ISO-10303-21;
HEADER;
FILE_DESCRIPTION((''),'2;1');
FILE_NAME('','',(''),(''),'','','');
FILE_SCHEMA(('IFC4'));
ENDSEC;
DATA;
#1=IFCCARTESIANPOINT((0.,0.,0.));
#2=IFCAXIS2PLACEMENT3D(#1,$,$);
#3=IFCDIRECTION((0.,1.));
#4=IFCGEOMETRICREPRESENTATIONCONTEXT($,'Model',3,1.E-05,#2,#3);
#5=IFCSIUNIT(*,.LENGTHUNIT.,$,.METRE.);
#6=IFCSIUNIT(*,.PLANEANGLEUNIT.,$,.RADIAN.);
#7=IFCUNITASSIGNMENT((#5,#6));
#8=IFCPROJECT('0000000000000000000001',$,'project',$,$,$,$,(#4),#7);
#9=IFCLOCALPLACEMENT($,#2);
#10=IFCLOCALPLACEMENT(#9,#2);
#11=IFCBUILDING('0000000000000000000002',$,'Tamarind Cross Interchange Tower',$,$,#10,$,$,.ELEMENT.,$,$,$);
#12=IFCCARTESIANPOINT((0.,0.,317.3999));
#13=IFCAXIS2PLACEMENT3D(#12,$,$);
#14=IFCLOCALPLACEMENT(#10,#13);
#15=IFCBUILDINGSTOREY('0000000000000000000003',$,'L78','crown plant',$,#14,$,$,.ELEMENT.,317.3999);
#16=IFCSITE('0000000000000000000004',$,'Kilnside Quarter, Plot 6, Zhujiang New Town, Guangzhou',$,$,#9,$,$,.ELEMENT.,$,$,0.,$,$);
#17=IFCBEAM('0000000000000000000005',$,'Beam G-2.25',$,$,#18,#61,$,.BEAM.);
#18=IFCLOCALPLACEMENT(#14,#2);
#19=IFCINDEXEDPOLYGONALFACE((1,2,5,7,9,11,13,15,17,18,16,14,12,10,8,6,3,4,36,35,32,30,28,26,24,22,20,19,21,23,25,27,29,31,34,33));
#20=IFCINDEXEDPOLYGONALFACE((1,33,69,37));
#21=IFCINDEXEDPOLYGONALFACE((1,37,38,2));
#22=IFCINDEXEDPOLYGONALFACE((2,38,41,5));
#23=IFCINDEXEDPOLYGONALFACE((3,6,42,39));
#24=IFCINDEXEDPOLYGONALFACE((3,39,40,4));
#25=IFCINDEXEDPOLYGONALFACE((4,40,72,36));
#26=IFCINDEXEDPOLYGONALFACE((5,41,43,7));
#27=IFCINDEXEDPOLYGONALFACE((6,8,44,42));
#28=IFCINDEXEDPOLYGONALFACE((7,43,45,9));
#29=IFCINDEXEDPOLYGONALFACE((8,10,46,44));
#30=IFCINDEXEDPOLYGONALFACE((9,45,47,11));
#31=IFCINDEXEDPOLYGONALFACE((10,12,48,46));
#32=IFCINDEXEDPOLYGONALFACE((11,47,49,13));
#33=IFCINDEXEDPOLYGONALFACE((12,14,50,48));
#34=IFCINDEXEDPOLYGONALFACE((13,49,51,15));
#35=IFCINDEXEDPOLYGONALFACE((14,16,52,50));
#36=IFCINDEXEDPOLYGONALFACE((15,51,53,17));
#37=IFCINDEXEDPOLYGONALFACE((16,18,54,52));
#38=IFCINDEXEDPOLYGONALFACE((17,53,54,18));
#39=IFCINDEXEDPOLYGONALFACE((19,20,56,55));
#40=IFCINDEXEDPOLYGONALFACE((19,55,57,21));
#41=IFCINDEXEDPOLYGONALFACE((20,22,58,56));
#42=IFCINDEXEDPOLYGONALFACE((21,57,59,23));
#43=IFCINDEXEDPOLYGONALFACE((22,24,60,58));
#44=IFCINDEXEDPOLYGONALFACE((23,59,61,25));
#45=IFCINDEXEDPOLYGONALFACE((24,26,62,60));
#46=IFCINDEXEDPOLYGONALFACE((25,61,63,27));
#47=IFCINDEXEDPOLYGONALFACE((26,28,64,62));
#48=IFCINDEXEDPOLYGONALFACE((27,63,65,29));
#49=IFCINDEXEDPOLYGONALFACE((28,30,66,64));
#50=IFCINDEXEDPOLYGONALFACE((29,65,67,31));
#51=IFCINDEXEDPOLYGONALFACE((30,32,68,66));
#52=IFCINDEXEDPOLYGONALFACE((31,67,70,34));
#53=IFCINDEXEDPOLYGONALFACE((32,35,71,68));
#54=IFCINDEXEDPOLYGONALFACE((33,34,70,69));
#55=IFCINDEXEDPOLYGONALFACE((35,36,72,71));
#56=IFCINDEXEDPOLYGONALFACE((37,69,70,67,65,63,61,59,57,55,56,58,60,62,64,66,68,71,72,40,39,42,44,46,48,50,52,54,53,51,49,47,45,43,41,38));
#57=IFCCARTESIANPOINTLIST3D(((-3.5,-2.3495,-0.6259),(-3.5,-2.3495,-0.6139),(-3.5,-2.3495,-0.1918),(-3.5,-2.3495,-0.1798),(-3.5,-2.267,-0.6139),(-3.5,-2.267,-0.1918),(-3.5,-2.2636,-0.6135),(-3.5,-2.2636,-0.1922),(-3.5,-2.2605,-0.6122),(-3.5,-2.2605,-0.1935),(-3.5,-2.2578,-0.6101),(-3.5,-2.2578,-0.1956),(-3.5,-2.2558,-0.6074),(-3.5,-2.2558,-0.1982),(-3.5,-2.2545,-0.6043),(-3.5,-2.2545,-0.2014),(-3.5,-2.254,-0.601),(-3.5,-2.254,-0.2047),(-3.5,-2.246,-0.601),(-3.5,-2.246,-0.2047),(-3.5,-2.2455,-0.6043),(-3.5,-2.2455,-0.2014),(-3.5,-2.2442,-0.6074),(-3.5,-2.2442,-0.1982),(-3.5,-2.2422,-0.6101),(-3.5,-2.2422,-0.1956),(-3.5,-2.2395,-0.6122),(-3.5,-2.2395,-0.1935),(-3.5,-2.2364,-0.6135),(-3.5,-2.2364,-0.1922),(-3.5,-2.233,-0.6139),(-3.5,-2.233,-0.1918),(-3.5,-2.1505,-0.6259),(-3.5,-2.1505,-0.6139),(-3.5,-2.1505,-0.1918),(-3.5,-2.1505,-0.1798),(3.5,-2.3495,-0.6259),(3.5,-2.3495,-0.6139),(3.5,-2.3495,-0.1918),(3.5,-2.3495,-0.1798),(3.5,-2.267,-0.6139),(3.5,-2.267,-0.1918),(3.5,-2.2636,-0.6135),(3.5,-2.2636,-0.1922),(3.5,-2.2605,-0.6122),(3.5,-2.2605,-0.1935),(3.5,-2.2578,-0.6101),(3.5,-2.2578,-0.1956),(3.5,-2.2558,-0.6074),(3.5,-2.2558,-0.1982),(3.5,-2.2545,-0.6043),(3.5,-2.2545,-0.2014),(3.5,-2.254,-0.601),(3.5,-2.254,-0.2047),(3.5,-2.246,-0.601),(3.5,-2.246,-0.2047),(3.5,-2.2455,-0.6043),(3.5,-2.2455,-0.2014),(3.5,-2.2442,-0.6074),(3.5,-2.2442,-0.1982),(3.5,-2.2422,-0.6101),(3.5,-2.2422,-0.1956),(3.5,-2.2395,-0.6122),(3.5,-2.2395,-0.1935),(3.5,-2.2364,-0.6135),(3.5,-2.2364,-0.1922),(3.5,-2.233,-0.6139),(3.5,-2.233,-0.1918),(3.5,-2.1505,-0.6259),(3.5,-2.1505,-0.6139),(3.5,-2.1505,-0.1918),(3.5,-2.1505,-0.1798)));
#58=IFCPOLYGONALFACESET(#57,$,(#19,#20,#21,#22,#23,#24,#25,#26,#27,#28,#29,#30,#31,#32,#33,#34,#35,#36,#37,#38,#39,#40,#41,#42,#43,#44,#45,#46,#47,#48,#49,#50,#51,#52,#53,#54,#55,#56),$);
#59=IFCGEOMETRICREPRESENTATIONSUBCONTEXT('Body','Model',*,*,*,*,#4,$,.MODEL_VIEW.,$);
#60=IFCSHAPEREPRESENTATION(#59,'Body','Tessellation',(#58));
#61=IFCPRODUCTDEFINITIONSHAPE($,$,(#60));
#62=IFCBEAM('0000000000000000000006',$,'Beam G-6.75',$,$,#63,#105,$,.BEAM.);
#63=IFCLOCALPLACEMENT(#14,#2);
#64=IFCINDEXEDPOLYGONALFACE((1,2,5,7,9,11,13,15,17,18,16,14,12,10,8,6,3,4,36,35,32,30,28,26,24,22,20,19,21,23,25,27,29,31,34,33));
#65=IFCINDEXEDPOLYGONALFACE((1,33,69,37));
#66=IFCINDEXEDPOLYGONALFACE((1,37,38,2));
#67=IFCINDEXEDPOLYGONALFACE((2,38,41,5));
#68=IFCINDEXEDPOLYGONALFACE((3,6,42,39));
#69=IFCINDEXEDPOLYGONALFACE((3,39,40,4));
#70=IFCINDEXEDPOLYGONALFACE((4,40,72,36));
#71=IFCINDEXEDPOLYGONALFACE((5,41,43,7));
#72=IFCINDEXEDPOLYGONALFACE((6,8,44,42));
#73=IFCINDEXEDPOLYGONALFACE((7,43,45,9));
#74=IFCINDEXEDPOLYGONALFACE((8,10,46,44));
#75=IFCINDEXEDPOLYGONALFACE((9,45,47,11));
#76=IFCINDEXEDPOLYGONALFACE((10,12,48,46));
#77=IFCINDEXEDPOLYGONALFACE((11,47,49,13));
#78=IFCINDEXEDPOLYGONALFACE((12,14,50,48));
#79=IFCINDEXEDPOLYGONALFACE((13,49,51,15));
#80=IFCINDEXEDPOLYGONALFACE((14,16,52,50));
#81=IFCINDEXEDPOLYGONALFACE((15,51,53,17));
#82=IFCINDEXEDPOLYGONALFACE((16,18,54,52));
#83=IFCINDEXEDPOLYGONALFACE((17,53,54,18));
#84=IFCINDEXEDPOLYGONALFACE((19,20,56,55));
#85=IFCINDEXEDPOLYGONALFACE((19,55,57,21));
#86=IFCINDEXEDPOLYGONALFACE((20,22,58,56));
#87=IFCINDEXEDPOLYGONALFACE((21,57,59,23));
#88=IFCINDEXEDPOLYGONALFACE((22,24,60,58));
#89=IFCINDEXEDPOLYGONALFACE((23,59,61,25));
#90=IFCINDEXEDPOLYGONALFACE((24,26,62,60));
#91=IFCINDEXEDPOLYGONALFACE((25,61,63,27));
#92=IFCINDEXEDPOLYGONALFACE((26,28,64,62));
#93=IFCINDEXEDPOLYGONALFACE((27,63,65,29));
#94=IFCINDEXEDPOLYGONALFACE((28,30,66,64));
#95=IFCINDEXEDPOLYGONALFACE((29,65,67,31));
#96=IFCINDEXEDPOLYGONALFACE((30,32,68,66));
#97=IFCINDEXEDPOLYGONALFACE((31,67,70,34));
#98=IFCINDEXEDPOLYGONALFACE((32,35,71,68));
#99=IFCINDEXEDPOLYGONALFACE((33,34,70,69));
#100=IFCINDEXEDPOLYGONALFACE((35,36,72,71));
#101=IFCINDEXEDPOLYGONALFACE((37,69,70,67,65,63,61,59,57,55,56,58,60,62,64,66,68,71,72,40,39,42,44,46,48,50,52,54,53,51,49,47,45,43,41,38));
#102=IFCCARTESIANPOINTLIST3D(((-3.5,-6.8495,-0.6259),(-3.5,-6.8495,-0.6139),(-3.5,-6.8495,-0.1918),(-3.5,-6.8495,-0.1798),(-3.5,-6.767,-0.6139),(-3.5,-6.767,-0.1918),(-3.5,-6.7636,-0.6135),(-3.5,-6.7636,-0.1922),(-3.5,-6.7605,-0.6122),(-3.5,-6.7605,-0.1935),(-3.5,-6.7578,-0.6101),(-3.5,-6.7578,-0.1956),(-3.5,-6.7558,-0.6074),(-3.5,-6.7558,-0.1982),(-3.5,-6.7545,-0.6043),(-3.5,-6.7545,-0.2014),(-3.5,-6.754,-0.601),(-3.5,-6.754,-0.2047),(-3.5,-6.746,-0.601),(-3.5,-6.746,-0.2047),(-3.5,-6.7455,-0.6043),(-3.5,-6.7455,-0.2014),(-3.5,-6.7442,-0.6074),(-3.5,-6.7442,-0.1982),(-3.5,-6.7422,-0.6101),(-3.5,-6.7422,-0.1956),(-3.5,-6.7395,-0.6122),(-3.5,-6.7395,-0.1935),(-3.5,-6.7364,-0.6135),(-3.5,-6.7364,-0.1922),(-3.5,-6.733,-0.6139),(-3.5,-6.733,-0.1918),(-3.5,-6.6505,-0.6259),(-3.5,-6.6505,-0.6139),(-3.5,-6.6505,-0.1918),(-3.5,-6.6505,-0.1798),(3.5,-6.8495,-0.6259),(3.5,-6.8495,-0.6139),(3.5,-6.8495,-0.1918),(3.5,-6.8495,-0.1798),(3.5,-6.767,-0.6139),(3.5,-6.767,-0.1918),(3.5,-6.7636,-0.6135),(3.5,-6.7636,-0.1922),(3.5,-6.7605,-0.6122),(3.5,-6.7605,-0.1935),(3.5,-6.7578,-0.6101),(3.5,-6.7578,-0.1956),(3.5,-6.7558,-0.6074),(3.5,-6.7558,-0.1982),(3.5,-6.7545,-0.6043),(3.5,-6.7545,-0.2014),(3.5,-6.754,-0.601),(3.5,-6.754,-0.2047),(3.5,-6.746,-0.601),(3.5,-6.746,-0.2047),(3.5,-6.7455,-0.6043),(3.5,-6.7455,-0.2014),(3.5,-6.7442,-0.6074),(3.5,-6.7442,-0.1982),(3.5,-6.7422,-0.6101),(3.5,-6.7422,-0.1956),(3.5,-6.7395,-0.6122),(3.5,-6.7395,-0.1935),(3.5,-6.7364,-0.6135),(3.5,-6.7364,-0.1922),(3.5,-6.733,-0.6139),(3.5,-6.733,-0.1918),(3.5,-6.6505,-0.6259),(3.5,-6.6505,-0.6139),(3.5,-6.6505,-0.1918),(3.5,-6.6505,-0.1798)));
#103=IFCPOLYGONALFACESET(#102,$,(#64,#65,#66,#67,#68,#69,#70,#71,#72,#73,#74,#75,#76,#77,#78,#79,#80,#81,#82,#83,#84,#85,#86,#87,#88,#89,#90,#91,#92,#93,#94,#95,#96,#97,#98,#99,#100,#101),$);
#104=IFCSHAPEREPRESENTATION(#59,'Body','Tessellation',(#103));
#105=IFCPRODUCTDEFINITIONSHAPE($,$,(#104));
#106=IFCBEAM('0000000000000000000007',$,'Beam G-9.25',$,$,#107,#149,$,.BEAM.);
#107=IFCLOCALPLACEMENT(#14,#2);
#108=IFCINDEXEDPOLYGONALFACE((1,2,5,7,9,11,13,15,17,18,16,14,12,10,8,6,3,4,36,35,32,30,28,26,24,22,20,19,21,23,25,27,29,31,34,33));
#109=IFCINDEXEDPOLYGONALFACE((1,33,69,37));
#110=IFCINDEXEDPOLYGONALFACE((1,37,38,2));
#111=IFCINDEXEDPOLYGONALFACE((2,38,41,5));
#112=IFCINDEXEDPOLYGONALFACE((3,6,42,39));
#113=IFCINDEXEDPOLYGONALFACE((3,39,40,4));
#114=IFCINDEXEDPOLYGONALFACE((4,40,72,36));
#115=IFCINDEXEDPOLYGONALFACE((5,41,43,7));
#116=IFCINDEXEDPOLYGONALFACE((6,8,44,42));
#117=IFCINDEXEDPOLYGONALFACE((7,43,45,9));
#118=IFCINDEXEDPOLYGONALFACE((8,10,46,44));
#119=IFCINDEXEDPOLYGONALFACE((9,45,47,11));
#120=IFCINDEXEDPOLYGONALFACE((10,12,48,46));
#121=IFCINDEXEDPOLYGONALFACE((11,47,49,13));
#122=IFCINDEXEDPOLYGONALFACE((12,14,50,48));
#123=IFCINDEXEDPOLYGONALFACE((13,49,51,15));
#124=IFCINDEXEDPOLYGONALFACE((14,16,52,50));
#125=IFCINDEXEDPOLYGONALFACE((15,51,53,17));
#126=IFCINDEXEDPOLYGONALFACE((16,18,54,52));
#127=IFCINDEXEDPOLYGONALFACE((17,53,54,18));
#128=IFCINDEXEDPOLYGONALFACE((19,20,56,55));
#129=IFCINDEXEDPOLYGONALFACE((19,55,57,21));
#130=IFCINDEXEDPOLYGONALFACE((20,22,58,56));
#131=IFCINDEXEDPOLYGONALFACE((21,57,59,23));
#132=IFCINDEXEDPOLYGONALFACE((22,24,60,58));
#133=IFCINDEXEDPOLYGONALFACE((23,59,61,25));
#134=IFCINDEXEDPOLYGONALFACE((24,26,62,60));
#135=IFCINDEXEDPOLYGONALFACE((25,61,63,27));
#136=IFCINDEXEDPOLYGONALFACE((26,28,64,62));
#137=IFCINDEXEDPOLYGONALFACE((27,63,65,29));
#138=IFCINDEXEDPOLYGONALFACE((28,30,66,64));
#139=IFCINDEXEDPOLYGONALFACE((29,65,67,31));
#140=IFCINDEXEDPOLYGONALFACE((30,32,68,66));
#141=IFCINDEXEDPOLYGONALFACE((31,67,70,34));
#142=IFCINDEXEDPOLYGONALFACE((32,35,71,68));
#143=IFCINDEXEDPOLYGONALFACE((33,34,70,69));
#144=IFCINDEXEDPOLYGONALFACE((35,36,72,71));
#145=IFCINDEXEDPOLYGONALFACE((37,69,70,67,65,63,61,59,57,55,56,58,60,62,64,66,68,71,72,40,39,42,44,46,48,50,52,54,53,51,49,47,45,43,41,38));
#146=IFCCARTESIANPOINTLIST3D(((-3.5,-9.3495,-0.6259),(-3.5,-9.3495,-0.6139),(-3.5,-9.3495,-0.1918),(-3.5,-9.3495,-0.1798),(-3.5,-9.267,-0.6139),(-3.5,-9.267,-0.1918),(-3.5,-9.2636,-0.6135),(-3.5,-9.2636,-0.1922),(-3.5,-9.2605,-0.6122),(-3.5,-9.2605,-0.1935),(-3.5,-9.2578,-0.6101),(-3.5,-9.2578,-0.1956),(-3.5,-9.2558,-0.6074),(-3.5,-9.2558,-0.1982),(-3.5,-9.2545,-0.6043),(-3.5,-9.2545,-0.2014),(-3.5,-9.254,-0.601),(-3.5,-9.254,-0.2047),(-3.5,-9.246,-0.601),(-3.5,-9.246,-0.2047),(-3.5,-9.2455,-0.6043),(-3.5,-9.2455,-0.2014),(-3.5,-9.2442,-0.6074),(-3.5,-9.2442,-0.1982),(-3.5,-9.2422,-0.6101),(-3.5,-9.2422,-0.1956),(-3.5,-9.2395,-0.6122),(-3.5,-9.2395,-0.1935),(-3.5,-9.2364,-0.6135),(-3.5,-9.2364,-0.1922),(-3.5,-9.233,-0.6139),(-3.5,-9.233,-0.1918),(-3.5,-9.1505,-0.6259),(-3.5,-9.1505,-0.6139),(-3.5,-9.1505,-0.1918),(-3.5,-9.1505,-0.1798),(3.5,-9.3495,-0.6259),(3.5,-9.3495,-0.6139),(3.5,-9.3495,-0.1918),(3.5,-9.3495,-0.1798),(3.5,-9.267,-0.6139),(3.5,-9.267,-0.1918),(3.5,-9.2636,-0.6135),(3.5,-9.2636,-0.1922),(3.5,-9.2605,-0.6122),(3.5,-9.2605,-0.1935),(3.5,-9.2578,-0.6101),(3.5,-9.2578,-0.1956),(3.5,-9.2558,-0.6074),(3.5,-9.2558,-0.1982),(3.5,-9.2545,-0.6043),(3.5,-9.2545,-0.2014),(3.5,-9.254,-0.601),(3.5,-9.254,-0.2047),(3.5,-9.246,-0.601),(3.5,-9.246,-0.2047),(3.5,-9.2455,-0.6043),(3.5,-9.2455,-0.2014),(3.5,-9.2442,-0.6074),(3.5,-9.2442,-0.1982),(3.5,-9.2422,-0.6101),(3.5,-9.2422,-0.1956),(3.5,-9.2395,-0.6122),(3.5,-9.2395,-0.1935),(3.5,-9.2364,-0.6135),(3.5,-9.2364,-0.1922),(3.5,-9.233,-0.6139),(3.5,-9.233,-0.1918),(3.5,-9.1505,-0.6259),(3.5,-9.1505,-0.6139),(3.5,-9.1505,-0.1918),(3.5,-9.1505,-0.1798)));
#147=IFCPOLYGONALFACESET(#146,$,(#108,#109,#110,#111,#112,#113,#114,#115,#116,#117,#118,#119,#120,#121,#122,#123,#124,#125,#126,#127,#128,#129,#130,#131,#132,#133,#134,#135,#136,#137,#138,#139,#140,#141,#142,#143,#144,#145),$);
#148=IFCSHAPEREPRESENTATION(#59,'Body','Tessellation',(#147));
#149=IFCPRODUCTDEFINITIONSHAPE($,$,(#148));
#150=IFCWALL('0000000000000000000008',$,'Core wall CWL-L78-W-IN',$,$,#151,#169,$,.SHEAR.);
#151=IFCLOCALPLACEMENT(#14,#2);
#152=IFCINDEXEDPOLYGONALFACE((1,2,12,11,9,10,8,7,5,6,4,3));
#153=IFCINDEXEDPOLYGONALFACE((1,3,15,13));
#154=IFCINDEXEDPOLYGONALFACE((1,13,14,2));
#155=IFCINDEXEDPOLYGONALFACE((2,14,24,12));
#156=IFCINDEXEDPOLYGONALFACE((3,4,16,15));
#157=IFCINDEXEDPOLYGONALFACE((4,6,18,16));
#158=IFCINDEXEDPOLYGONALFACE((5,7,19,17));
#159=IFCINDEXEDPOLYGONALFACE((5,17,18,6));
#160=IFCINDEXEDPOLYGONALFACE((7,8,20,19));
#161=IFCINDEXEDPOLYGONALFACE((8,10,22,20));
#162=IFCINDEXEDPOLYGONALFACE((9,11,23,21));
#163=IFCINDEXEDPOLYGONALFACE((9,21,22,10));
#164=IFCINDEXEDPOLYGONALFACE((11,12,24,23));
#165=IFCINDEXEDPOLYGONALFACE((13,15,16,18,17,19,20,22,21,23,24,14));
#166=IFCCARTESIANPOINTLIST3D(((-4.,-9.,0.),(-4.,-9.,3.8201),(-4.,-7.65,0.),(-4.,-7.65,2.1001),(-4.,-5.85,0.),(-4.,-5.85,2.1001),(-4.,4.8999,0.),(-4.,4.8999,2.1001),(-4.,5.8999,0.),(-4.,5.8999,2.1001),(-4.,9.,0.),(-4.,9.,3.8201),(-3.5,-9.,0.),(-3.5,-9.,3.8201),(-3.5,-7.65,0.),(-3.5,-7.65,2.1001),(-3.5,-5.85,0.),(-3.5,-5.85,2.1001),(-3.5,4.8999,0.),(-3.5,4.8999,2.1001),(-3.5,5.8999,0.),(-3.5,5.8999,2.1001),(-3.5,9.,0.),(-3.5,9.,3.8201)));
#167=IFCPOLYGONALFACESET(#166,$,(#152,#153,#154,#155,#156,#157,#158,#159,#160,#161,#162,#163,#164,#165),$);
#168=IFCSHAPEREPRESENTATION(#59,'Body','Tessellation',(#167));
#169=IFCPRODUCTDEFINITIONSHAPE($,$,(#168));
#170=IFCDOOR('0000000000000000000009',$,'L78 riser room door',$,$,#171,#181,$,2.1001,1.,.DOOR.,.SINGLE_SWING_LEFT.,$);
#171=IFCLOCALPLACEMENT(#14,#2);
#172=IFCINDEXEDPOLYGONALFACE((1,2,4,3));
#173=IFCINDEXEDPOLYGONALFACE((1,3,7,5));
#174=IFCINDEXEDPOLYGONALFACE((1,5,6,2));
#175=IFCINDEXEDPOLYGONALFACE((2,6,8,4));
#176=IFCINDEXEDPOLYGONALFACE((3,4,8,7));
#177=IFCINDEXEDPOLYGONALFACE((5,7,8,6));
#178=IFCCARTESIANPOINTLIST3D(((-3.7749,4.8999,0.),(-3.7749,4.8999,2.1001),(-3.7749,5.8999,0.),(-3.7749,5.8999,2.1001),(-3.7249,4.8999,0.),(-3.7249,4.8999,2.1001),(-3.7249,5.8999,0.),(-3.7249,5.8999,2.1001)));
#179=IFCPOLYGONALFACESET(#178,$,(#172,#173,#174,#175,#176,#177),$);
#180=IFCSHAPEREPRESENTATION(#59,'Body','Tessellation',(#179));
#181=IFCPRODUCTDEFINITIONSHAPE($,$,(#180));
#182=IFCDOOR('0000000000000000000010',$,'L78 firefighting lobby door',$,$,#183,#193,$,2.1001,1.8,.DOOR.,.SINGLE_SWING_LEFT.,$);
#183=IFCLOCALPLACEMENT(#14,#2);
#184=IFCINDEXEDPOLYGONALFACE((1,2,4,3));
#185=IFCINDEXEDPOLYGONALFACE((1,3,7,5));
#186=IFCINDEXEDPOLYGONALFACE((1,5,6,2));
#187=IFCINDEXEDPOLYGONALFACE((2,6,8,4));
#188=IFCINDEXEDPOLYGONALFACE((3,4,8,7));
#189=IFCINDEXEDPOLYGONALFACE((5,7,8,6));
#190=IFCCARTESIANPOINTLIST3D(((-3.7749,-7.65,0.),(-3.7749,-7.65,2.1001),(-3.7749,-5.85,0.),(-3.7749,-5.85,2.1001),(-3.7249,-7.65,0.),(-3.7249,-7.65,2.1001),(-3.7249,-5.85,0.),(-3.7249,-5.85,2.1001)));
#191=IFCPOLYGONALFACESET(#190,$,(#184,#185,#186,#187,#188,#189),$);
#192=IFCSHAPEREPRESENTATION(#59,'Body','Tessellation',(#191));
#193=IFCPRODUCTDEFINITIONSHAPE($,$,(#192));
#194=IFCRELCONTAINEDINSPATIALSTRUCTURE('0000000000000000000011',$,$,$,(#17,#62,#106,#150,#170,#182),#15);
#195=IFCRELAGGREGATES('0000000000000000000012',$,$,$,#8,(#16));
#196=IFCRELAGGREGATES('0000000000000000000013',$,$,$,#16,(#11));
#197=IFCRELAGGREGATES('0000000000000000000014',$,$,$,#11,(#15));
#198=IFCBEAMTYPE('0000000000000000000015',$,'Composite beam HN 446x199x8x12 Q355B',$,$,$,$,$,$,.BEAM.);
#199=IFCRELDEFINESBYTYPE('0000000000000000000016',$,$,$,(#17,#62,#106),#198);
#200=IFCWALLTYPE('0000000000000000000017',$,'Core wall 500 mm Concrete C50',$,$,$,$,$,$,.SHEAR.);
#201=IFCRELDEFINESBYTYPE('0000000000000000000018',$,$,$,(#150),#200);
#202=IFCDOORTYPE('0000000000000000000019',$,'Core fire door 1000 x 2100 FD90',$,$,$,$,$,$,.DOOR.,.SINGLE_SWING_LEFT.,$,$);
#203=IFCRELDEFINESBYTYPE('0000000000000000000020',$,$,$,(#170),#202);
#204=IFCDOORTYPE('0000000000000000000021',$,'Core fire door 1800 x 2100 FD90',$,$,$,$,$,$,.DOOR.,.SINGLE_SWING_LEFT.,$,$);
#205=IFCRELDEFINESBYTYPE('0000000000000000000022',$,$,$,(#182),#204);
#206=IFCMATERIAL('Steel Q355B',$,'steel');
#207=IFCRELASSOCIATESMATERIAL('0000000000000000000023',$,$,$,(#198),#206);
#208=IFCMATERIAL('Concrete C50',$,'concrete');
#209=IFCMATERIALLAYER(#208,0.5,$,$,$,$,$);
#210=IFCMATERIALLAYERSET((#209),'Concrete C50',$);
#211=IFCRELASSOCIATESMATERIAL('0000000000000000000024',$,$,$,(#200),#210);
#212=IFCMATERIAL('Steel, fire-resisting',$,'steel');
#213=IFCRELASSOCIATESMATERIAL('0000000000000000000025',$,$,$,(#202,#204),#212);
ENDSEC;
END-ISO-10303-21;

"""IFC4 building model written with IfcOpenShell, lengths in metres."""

from ifc_helpers import new_model, si_unit, direction, frame, frame_2d, origin, origin_2d, place, context, subcontext, project, spatial, rectangle, i_section, extrude, material, layer, layer_set, material_profile, profile_set, type_object, element, fill, save


model = new_model("IFC4")

# Units and contexts
model_context = context("Model", 3, precision=1e-05, world=origin(), true_north=direction((0.0, 1.0)))
body_context = subcontext(model_context, "Body", "Model", "MODEL_VIEW")
ifc_project = project(units=[si_unit("LENGTHUNIT", "METRE"), si_unit("PLANEANGLEUNIT", "RADIAN")], contexts=[model_context])

# Site, building, storey
site_placement = place(None, origin())
site = spatial("IfcSite", under=ifc_project, at=site_placement, Name="Kilnside Quarter, Plot 6, Zhujiang New Town, Guangzhou", CompositionType="ELEMENT", RefElevation=0.0)
building_placement = place(site_placement, origin())
building = spatial("IfcBuilding", under=site, at=building_placement, Name="Tamarind Cross Interchange Tower", CompositionType="ELEMENT")
storey_placement = place(building_placement, frame((0.0, 0.0, 317.3999)))
storey = spatial("IfcBuildingStorey", under=building, at=storey_placement, Name="L78", Description="crown plant", CompositionType="ELEMENT", Elevation=317.3999)

# Beams
ifc_material_1 = material(Name="Steel Q355B", Category="steel")
ifc_material_profile = material_profile(ifc_material_1, i_section(OverallWidth=0.199, OverallDepth=0.446, WebThickness=0.0081, FlangeThickness=0.012, FilletRadius=0.0129, at=origin_2d()), Name="HN 446x199x8x12")
ifc_profile_set = profile_set([ifc_material_profile], Name="Steel Q355B")
beam_type = type_object("IfcBeamType", Name="Composite beam HN 446x199x8x12 Q355B", PredefinedType="BEAM", material=ifc_profile_set)
for number, where, z_axis, x_axis, name in (
    (1, (-3.5, -2.25, -0.4028), (1.0, 0.0, 0.0), (0.0, 1.0, 0.0), "Beam G-2.25"),
    (2, (-3.5, -6.75, -0.4028), (1.0, 0.0, 0.0), (0.0, 1.0, 0.0), "Beam G-6.75"),
    (3, (-3.5, -9.25, -0.4028), (1.0, 0.0, 0.0), (0.0, 1.0, 0.0), "Beam G-9.25"),
):
    element("IfcBeam", number, at=place(storey_placement, frame(where, z_axis=z_axis, x_axis=x_axis)), inside=storey, type_object=beam_type, Name=name, PredefinedType="BEAM", context=body_context, shape_type="SweptSolid", body=[
        extrude(i_section(OverallWidth=0.199, OverallDepth=0.446, WebThickness=0.0081, FlangeThickness=0.012, FilletRadius=0.0129, at=origin_2d()), origin(), (0.0, 0.0, 1.0), 7.0),
    ])

# Wall, openings, doors
ifc_material_2 = material(Name="Concrete C50", Category="concrete")
ifc_layer_1 = layer(ifc_material_2, 0.5)
ifc_layer_set_1 = layer_set([ifc_layer_1], Name="Concrete C50")
wall_type_1 = type_object("IfcWallType", Name="Core wall 500 mm Concrete C50", PredefinedType="SHEAR", material=ifc_layer_set_1)
wall_1_placement = place(storey_placement, frame((-3.75, -9.0, 0.0), z_axis=(0.0, 0.0, 1.0), x_axis=(0.0, 1.0, 0.0)))
wall_1 = element("IfcWall", 4, at=wall_1_placement, inside=storey, type_object=wall_type_1, Name="Core wall CWL-L78-W-IN", PredefinedType="SHEAR", context=body_context, shape_type="SweptSolid", body=[
    extrude(rectangle(XDim=18.0, YDim=0.5, at=frame_2d((9.0, 0.0))), origin(), (0.0, 0.0, 1.0), 3.8201),
])
opening_1_placement = place(wall_1_placement, frame((1.3501, 0.0, 0.0)))
opening_1 = element("IfcOpeningElement", 5, at=opening_1_placement, cuts=wall_1, PredefinedType="OPENING", context=body_context, shape_type="SweptSolid", body=[
    extrude(rectangle(XDim=1.8, YDim=2.1001, at=frame_2d((0.8999, 1.05))), frame((0.0, 0.26, 0.0), z_axis=(0.0, -1.0, 0.0), x_axis=(1.0, 0.0, 0.0)), (0.0, 0.0, 1.0), 0.52),
])
opening_2_placement = place(wall_1_placement, frame((13.8999, 0.0, 0.0)))
opening_2 = element("IfcOpeningElement", 6, at=opening_2_placement, cuts=wall_1, PredefinedType="OPENING", context=body_context, shape_type="SweptSolid", body=[
    extrude(rectangle(XDim=1.0, YDim=2.1001, at=frame_2d((0.5, 1.05))), frame((0.0, 0.26, 0.0), z_axis=(0.0, -1.0, 0.0), x_axis=(1.0, 0.0, 0.0)), (0.0, 0.0, 1.0), 0.52),
])
ifc_material_3 = material(Name="Steel, fire-resisting", Category="steel")
door_type_1 = type_object("IfcDoorType", Name="Core fire door 1000 x 2100 FD90", OperationType="SINGLE_SWING_LEFT", PredefinedType="DOOR", material=ifc_material_3)
door_1_placement = place(opening_2_placement, origin())
door_1 = element("IfcDoor", 7, at=door_1_placement, inside=storey, type_object=door_type_1, Name="L78 riser room door", OperationType="SINGLE_SWING_LEFT", OverallHeight=2.1001, OverallWidth=1.0, PredefinedType="DOOR", context=body_context, shape_type="SweptSolid", body=[
    extrude(rectangle(XDim=1.0, YDim=2.1001, at=frame_2d((0.5, 1.05))), frame((0.0, 0.0249, 0.0), z_axis=(0.0, -1.0, 0.0), x_axis=(1.0, 0.0, 0.0)), (0.0, 0.0, 1.0), 0.05),
])
fill(opening_2, door_1)
door_type_2 = type_object("IfcDoorType", Name="Core fire door 1800 x 2100 FD90", OperationType="SINGLE_SWING_LEFT", PredefinedType="DOOR", material=ifc_material_3)
door_2_placement = place(opening_1_placement, origin())
door_2 = element("IfcDoor", 8, at=door_2_placement, inside=storey, type_object=door_type_2, Name="L78 firefighting lobby door", OperationType="SINGLE_SWING_LEFT", OverallHeight=2.1001, OverallWidth=1.8, PredefinedType="DOOR", context=body_context, shape_type="SweptSolid", body=[
    extrude(rectangle(XDim=1.8, YDim=2.1001, at=frame_2d((0.8999, 1.05))), frame((0.0, 0.0249, 0.0), z_axis=(0.0, -1.0, 0.0), x_axis=(1.0, 0.0, 0.0)), (0.0, 0.0, 1.0), 0.05),
])
fill(opening_1, door_2)

save(model, "model.ifc")
